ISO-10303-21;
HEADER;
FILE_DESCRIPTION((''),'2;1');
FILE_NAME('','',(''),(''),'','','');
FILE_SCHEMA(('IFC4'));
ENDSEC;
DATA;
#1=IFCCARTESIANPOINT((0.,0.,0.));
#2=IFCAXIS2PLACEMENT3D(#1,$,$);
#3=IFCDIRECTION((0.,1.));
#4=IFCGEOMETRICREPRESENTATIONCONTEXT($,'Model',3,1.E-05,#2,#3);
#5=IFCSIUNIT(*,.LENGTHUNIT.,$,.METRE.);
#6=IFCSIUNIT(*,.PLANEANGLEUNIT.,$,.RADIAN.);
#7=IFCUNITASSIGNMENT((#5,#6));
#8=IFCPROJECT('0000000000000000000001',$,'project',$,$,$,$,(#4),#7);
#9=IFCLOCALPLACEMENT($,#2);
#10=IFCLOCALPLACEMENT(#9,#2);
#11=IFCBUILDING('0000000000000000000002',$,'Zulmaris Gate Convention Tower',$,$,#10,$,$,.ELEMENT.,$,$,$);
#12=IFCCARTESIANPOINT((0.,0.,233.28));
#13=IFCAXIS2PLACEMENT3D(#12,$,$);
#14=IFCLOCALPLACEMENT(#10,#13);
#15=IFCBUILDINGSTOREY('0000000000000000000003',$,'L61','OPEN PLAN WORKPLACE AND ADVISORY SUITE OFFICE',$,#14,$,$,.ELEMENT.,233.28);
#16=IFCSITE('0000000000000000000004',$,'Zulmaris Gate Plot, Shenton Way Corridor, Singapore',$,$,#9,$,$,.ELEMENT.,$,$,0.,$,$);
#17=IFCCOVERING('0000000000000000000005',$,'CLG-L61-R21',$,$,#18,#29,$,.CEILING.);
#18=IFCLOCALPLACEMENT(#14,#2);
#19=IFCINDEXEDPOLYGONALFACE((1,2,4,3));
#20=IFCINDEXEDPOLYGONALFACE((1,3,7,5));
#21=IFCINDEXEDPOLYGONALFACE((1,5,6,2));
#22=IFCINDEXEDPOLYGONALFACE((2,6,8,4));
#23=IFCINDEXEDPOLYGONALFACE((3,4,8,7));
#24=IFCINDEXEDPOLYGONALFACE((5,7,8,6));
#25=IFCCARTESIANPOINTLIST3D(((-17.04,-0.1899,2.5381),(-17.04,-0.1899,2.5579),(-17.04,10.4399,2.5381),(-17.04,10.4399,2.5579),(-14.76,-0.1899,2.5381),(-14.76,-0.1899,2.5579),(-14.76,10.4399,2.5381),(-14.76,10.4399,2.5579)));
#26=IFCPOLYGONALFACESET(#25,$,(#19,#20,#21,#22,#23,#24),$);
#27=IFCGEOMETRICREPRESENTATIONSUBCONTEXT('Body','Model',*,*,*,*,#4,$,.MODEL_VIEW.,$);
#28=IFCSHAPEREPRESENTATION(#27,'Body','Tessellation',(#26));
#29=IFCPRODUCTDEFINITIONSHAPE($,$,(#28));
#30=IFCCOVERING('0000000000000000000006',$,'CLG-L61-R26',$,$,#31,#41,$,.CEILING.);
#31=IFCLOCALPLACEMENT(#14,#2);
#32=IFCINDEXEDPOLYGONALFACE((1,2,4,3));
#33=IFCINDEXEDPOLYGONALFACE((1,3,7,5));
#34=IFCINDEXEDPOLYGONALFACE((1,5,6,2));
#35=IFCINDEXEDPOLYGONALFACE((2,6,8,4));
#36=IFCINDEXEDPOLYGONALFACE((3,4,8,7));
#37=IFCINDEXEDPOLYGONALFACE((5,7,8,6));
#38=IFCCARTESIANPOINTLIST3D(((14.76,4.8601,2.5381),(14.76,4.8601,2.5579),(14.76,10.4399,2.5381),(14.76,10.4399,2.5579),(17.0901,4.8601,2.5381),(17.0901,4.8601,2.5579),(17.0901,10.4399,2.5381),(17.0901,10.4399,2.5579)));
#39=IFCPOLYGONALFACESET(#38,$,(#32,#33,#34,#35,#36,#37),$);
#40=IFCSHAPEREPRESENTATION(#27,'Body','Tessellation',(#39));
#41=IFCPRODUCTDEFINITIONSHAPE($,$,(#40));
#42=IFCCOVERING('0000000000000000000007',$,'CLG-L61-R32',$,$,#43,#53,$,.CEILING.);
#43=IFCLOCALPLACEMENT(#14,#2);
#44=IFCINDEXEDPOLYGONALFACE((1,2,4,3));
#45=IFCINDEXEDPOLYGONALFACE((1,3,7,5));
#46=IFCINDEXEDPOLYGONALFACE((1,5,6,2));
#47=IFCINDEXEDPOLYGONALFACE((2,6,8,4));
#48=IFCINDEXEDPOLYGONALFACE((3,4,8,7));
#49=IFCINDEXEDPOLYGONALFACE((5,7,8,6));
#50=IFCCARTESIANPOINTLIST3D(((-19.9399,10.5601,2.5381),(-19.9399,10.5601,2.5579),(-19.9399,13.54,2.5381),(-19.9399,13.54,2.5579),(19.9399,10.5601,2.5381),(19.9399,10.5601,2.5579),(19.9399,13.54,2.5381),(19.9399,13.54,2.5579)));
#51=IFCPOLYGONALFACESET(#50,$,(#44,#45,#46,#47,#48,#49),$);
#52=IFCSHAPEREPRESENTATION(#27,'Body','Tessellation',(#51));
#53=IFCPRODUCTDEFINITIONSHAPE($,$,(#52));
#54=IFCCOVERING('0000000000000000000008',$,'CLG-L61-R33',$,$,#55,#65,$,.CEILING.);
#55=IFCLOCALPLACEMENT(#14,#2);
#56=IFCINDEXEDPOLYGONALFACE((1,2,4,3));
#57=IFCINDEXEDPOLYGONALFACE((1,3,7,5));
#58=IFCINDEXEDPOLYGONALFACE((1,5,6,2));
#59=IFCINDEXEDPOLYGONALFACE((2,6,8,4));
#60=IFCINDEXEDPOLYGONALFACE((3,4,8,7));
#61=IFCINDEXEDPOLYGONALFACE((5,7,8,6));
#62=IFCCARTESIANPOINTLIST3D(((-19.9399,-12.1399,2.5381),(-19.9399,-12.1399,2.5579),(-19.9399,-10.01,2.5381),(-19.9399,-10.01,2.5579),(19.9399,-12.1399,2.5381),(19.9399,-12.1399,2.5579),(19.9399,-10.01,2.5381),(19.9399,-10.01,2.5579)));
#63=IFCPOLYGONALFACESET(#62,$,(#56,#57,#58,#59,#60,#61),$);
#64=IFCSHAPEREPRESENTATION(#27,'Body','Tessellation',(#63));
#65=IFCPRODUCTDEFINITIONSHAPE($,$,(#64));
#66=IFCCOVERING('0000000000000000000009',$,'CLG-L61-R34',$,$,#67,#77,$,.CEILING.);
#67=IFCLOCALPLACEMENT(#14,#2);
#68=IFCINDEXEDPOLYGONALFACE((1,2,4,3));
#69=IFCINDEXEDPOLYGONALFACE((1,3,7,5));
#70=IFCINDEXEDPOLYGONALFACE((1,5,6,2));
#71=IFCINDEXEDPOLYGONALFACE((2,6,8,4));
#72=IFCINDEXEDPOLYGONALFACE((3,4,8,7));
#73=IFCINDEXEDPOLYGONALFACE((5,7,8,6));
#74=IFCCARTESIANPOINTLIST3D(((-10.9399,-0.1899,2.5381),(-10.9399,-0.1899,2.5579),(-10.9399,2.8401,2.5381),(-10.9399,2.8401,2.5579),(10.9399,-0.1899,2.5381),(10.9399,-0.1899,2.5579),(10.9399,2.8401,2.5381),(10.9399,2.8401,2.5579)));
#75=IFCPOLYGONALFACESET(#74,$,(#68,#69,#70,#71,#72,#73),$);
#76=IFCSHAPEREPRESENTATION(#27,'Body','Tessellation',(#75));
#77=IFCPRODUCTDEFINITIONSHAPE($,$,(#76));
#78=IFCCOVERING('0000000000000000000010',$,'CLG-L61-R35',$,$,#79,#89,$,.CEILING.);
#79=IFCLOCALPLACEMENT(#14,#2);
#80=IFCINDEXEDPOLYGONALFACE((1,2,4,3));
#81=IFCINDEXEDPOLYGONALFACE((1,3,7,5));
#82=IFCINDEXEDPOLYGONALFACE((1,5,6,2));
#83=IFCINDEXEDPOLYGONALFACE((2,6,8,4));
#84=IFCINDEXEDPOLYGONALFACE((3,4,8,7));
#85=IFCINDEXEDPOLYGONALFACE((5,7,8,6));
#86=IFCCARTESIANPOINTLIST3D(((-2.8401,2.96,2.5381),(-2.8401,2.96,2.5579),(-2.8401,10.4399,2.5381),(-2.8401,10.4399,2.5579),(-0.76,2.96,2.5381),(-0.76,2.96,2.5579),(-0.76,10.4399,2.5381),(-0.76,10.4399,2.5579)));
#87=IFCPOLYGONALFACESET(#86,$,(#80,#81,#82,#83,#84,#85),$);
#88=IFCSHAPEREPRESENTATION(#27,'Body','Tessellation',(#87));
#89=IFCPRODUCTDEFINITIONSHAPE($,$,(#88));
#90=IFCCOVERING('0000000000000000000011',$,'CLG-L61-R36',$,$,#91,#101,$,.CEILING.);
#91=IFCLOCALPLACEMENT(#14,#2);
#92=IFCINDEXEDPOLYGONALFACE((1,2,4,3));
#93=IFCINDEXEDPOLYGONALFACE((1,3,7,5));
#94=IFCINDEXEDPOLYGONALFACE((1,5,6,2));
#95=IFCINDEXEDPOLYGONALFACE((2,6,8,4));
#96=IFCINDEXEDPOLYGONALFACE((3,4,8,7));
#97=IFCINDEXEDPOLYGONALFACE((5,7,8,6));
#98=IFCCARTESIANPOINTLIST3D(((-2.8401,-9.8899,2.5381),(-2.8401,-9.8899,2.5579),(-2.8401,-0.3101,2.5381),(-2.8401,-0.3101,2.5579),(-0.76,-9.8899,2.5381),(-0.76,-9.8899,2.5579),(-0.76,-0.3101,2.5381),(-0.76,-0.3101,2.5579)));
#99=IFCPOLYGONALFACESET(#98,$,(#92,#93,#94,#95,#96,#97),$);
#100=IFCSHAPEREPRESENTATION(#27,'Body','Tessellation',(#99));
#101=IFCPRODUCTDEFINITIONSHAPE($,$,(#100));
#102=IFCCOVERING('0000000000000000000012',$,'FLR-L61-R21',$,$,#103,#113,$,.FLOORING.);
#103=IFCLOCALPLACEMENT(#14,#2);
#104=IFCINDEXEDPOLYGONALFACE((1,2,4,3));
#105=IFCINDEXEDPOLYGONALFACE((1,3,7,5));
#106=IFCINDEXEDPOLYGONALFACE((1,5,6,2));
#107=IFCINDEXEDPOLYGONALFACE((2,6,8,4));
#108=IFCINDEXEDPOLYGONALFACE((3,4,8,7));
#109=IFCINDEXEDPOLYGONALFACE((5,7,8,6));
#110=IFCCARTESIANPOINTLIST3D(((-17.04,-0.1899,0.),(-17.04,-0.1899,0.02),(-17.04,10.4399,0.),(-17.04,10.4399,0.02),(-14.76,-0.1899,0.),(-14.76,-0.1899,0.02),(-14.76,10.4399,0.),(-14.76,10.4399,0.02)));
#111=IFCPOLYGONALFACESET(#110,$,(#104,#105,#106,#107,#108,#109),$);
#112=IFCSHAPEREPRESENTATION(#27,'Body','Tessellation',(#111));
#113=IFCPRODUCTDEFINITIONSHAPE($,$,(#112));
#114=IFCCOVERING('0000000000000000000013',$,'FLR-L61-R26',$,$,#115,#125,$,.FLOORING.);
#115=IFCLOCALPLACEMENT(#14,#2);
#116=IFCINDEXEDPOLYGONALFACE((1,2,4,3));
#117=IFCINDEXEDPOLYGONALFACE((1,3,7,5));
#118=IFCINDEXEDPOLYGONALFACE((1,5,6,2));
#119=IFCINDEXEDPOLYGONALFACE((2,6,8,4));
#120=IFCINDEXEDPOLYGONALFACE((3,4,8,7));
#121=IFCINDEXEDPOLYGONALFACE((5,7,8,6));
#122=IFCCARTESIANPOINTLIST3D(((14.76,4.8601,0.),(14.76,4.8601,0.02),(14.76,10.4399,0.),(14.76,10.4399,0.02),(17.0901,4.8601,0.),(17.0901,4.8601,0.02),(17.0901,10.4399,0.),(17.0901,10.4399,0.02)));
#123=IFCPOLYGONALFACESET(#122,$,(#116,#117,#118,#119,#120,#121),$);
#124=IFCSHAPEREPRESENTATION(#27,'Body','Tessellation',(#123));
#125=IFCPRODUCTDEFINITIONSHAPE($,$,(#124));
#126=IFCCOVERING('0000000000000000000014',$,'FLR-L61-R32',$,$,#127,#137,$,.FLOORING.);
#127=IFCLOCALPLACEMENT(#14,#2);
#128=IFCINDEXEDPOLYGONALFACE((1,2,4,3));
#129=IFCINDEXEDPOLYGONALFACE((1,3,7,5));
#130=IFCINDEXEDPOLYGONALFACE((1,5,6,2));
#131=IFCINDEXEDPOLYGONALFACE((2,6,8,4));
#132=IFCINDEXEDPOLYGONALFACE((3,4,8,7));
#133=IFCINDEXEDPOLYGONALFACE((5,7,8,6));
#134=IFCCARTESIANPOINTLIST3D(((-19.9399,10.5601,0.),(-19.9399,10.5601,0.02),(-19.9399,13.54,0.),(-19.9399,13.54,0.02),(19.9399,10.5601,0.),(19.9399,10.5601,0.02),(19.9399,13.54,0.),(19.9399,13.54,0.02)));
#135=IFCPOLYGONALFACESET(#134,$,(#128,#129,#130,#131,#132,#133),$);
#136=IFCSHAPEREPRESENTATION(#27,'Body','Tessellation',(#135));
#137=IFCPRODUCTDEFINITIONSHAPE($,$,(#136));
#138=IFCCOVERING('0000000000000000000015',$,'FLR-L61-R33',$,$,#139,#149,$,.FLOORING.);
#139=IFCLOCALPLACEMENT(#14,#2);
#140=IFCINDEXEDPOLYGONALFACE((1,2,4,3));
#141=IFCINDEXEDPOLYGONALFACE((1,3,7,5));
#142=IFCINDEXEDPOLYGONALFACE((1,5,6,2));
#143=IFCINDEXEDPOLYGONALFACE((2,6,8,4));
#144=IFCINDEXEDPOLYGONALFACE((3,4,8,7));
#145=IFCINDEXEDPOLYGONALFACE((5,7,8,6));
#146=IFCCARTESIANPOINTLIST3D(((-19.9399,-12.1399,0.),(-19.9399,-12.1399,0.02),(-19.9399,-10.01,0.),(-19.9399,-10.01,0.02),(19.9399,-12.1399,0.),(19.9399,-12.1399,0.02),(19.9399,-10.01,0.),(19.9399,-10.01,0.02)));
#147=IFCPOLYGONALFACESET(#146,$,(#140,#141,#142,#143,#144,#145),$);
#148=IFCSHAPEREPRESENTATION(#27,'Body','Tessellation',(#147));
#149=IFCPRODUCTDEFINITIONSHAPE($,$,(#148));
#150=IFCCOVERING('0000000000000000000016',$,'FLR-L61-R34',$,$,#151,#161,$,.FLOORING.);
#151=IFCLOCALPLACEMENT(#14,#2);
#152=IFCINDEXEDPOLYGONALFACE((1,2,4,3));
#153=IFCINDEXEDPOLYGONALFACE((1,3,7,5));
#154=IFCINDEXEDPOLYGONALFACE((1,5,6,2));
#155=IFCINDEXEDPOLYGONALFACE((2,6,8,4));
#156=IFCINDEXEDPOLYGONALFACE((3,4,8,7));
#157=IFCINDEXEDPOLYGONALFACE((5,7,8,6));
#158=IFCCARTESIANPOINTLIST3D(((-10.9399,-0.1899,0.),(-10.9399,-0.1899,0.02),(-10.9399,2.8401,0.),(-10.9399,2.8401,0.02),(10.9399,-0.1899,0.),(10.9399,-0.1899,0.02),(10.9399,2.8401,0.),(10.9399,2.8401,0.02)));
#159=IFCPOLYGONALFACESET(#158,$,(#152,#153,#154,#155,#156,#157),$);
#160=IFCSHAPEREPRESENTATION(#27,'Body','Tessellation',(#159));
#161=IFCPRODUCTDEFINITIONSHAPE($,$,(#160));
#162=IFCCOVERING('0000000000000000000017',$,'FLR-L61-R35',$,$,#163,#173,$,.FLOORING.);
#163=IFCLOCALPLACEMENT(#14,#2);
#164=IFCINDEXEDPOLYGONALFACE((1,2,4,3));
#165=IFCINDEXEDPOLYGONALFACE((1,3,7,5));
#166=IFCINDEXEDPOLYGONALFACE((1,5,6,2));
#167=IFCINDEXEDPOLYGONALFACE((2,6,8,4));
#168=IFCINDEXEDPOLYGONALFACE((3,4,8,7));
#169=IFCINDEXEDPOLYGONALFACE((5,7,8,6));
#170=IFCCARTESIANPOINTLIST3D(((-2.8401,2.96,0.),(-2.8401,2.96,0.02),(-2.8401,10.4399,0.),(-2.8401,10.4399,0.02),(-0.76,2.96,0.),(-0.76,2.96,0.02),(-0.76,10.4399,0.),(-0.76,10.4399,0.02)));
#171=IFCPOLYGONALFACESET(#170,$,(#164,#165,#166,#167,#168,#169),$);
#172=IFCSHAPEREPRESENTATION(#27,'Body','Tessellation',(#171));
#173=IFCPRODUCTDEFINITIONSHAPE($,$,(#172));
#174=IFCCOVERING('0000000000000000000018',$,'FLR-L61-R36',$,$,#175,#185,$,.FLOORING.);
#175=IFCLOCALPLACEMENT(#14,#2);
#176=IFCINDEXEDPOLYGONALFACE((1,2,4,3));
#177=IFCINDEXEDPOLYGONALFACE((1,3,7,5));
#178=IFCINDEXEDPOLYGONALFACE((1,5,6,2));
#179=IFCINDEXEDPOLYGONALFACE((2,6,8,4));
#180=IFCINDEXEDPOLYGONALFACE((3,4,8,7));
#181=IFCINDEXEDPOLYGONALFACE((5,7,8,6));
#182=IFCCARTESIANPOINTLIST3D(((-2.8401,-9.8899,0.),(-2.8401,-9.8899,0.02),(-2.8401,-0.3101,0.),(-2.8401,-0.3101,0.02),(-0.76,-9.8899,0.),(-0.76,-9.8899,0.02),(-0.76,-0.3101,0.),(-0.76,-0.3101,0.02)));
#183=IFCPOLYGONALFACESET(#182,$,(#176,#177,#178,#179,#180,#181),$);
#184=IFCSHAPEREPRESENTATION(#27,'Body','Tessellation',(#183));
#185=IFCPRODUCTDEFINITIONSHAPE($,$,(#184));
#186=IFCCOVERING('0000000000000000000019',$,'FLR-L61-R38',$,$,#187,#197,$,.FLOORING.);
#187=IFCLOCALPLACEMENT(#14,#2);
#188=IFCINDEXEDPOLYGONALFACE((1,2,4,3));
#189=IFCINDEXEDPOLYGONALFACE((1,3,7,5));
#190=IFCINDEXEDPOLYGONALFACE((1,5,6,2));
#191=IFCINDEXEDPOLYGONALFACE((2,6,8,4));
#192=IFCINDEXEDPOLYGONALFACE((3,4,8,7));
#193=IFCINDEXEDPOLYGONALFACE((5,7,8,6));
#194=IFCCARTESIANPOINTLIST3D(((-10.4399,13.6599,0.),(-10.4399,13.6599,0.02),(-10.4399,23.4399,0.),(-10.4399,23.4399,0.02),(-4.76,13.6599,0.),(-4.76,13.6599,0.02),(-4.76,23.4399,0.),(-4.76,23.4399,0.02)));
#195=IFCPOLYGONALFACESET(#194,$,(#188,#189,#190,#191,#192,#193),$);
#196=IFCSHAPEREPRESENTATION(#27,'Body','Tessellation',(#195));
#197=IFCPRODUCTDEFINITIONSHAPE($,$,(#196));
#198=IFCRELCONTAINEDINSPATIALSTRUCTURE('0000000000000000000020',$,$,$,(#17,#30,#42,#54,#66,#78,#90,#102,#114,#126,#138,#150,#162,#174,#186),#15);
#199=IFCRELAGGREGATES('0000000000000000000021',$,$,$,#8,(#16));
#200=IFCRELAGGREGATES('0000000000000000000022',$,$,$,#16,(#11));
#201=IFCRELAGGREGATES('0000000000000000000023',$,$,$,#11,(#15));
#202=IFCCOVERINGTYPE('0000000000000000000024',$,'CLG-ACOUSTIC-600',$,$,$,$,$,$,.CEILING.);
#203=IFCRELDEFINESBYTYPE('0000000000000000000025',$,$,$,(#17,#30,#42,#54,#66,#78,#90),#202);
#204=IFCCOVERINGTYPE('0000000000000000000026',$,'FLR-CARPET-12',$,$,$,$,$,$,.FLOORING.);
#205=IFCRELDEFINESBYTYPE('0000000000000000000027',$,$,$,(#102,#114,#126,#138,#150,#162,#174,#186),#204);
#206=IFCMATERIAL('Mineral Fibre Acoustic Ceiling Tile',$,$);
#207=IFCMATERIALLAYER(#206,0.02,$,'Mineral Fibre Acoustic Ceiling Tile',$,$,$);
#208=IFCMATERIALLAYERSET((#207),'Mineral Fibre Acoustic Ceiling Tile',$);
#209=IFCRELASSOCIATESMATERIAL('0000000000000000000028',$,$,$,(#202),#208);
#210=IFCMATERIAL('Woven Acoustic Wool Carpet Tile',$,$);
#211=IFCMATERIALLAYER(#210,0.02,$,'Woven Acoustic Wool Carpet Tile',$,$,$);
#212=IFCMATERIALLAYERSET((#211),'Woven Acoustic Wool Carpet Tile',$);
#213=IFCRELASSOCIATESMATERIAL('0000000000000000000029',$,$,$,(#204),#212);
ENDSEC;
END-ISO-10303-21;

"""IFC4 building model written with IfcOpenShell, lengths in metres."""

from ifc_helpers import new_model, si_unit, direction, frame, origin, place, context, subcontext, project, spatial, polyline, outline, extrude, material, layer, layer_set, type_object, element, save


model = new_model("IFC4")

# Units and contexts
model_context = context("Model", 3, precision=1e-05, world=origin(), true_north=direction((0.0, 1.0)))
body_context = subcontext(model_context, "Body", "Model", "MODEL_VIEW")
ifc_project = project(units=[si_unit("LENGTHUNIT", "METRE"), si_unit("PLANEANGLEUNIT", "RADIAN")], contexts=[model_context])

# Site, building, storey
site_placement = place(None, origin())
site = spatial("IfcSite", under=ifc_project, at=site_placement, Name="Zulmaris Gate Plot, Shenton Way Corridor, Singapore", CompositionType="ELEMENT", RefElevation=0.0)
building_placement = place(site_placement, origin())
building = spatial("IfcBuilding", under=site, at=building_placement, Name="Zulmaris Gate Convention Tower", CompositionType="ELEMENT")
storey_placement = place(building_placement, frame((0.0, 0.0, 233.28)))
storey = spatial("IfcBuildingStorey", under=building, at=storey_placement, Name="L61", Description="OPEN PLAN WORKPLACE AND ADVISORY SUITE OFFICE", CompositionType="ELEMENT", Elevation=233.28)

# Coverings
ifc_material_1 = material(Name="Mineral Fibre Acoustic Ceiling Tile")
ifc_layer_1 = layer(ifc_material_1, 0.02, Name="Mineral Fibre Acoustic Ceiling Tile")
ifc_layer_set_1 = layer_set([ifc_layer_1], Name="Mineral Fibre Acoustic Ceiling Tile")
covering_type_1 = type_object("IfcCoveringType", Name="CLG-ACOUSTIC-600", PredefinedType="CEILING", material=ifc_layer_set_1)
covering_1_placement = place(storey_placement, frame((0.0, 0.0, 2.5381)))
element("IfcCovering", 1, at=covering_1_placement, inside=storey, type_object=covering_type_1, Name="CLG-L61-R21", PredefinedType="CEILING", context=body_context, shape_type="SweptSolid", body=[
    extrude(outline(polyline([(-17.04, -0.1899), (-14.76, -0.1899), (-14.76, 10.4399), (-17.04, 10.4399), (-17.04, -0.1899)])), origin(), (0.0, 0.0, 1.0), 0.0198),
])
covering_2_placement = place(storey_placement, frame((0.0, 0.0, 2.5381)))
element("IfcCovering", 2, at=covering_2_placement, inside=storey, type_object=covering_type_1, Name="CLG-L61-R26", PredefinedType="CEILING", context=body_context, shape_type="SweptSolid", body=[
    extrude(outline(polyline([(14.76, 4.8601), (17.0901, 4.8601), (17.0901, 10.4399), (14.76, 10.4399), (14.76, 4.8601)])), origin(), (0.0, 0.0, 1.0), 0.0198),
])
covering_3_placement = place(storey_placement, frame((0.0, 0.0, 2.5381)))
element("IfcCovering", 3, at=covering_3_placement, inside=storey, type_object=covering_type_1, Name="CLG-L61-R32", PredefinedType="CEILING", context=body_context, shape_type="SweptSolid", body=[
    extrude(outline(polyline([(-19.9399, 10.5601), (19.9399, 10.5601), (19.9399, 13.54), (-19.9399, 13.54), (-19.9399, 10.5601)])), origin(), (0.0, 0.0, 1.0), 0.0198),
])
covering_4_placement = place(storey_placement, frame((0.0, 0.0, 2.5381)))
element("IfcCovering", 4, at=covering_4_placement, inside=storey, type_object=covering_type_1, Name="CLG-L61-R33", PredefinedType="CEILING", context=body_context, shape_type="SweptSolid", body=[
    extrude(outline(polyline([(-19.9399, -12.1399), (19.9399, -12.1399), (19.9399, -10.01), (-19.9399, -10.01), (-19.9399, -12.1399)])), origin(), (0.0, 0.0, 1.0), 0.0198),
])
covering_5_placement = place(storey_placement, frame((0.0, 0.0, 2.5381)))
element("IfcCovering", 5, at=covering_5_placement, inside=storey, type_object=covering_type_1, Name="CLG-L61-R34", PredefinedType="CEILING", context=body_context, shape_type="SweptSolid", body=[
    extrude(outline(polyline([(-10.9399, -0.1899), (10.9399, -0.1899), (10.9399, 2.8401), (-10.9399, 2.8401), (-10.9399, -0.1899)])), origin(), (0.0, 0.0, 1.0), 0.0198),
])
covering_6_placement = place(storey_placement, frame((0.0, 0.0, 2.5381)))
element("IfcCovering", 6, at=covering_6_placement, inside=storey, type_object=covering_type_1, Name="CLG-L61-R35", PredefinedType="CEILING", context=body_context, shape_type="SweptSolid", body=[
    extrude(outline(polyline([(-2.8401, 2.96), (-0.76, 2.96), (-0.76, 10.4399), (-2.8401, 10.4399), (-2.8401, 2.96)])), origin(), (0.0, 0.0, 1.0), 0.0198),
])
covering_7_placement = place(storey_placement, frame((0.0, 0.0, 2.5381)))
element("IfcCovering", 7, at=covering_7_placement, inside=storey, type_object=covering_type_1, Name="CLG-L61-R36", PredefinedType="CEILING", context=body_context, shape_type="SweptSolid", body=[
    extrude(outline(polyline([(-2.8401, -9.8899), (-0.76, -9.8899), (-0.76, -0.3101), (-2.8401, -0.3101), (-2.8401, -9.8899)])), origin(), (0.0, 0.0, 1.0), 0.0198),
])
ifc_material_2 = material(Name="Woven Acoustic Wool Carpet Tile")
ifc_layer_2 = layer(ifc_material_2, 0.02, Name="Woven Acoustic Wool Carpet Tile")
ifc_layer_set_2 = layer_set([ifc_layer_2], Name="Woven Acoustic Wool Carpet Tile")
covering_type_2 = type_object("IfcCoveringType", Name="FLR-CARPET-12", PredefinedType="FLOORING", material=ifc_layer_set_2)
covering_8_placement = place(storey_placement, origin())
element("IfcCovering", 8, at=covering_8_placement, inside=storey, type_object=covering_type_2, Name="FLR-L61-R21", PredefinedType="FLOORING", context=body_context, shape_type="SweptSolid", body=[
    extrude(outline(polyline([(-17.04, -0.1899), (-14.76, -0.1899), (-14.76, 10.4399), (-17.04, 10.4399), (-17.04, -0.1899)])), origin(), (0.0, 0.0, 1.0), 0.02),
])
covering_9_placement = place(storey_placement, origin())
element("IfcCovering", 9, at=covering_9_placement, inside=storey, type_object=covering_type_2, Name="FLR-L61-R26", PredefinedType="FLOORING", context=body_context, shape_type="SweptSolid", body=[
    extrude(outline(polyline([(14.76, 4.8601), (17.0901, 4.8601), (17.0901, 10.4399), (14.76, 10.4399), (14.76, 4.8601)])), origin(), (0.0, 0.0, 1.0), 0.02),
])
covering_10_placement = place(storey_placement, origin())
element("IfcCovering", 10, at=covering_10_placement, inside=storey, type_object=covering_type_2, Name="FLR-L61-R32", PredefinedType="FLOORING", context=body_context, shape_type="SweptSolid", body=[
    extrude(outline(polyline([(-19.9399, 10.5601), (19.9399, 10.5601), (19.9399, 13.54), (-19.9399, 13.54), (-19.9399, 10.5601)])), origin(), (0.0, 0.0, 1.0), 0.02),
])
covering_11_placement = place(storey_placement, origin())
element("IfcCovering", 11, at=covering_11_placement, inside=storey, type_object=covering_type_2, Name="FLR-L61-R33", PredefinedType="FLOORING", context=body_context, shape_type="SweptSolid", body=[
    extrude(outline(polyline([(-19.9399, -12.1399), (19.9399, -12.1399), (19.9399, -10.01), (-19.9399, -10.01), (-19.9399, -12.1399)])), origin(), (0.0, 0.0, 1.0), 0.02),
])
covering_12_placement = place(storey_placement, origin())
element("IfcCovering", 12, at=covering_12_placement, inside=storey, type_object=covering_type_2, Name="FLR-L61-R34", PredefinedType="FLOORING", context=body_context, shape_type="SweptSolid", body=[
    extrude(outline(polyline([(-10.9399, -0.1899), (10.9399, -0.1899), (10.9399, 2.8401), (-10.9399, 2.8401), (-10.9399, -0.1899)])), origin(), (0.0, 0.0, 1.0), 0.02),
])
covering_13_placement = place(storey_placement, origin())
element("IfcCovering", 13, at=covering_13_placement, inside=storey, type_object=covering_type_2, Name="FLR-L61-R35", PredefinedType="FLOORING", context=body_context, shape_type="SweptSolid", body=[
    extrude(outline(polyline([(-2.8401, 2.96), (-0.76, 2.96), (-0.76, 10.4399), (-2.8401, 10.4399), (-2.8401, 2.96)])), origin(), (0.0, 0.0, 1.0), 0.02),
])
covering_14_placement = place(storey_placement, origin())
element("IfcCovering", 14, at=covering_14_placement, inside=storey, type_object=covering_type_2, Name="FLR-L61-R36", PredefinedType="FLOORING", context=body_context, shape_type="SweptSolid", body=[
    extrude(outline(polyline([(-2.8401, -9.8899), (-0.76, -9.8899), (-0.76, -0.3101), (-2.8401, -0.3101), (-2.8401, -9.8899)])), origin(), (0.0, 0.0, 1.0), 0.02),
])
covering_15_placement = place(storey_placement, origin())
element("IfcCovering", 15, at=covering_15_placement, inside=storey, type_object=covering_type_2, Name="FLR-L61-R38", PredefinedType="FLOORING", context=body_context, shape_type="SweptSolid", body=[
    extrude(outline(polyline([(-10.4399, 13.6599), (-4.76, 13.6599), (-4.76, 23.4399), (-10.4399, 23.4399), (-10.4399, 13.6599)])), origin(), (0.0, 0.0, 1.0), 0.02),
])

save(model, "model.ifc")
